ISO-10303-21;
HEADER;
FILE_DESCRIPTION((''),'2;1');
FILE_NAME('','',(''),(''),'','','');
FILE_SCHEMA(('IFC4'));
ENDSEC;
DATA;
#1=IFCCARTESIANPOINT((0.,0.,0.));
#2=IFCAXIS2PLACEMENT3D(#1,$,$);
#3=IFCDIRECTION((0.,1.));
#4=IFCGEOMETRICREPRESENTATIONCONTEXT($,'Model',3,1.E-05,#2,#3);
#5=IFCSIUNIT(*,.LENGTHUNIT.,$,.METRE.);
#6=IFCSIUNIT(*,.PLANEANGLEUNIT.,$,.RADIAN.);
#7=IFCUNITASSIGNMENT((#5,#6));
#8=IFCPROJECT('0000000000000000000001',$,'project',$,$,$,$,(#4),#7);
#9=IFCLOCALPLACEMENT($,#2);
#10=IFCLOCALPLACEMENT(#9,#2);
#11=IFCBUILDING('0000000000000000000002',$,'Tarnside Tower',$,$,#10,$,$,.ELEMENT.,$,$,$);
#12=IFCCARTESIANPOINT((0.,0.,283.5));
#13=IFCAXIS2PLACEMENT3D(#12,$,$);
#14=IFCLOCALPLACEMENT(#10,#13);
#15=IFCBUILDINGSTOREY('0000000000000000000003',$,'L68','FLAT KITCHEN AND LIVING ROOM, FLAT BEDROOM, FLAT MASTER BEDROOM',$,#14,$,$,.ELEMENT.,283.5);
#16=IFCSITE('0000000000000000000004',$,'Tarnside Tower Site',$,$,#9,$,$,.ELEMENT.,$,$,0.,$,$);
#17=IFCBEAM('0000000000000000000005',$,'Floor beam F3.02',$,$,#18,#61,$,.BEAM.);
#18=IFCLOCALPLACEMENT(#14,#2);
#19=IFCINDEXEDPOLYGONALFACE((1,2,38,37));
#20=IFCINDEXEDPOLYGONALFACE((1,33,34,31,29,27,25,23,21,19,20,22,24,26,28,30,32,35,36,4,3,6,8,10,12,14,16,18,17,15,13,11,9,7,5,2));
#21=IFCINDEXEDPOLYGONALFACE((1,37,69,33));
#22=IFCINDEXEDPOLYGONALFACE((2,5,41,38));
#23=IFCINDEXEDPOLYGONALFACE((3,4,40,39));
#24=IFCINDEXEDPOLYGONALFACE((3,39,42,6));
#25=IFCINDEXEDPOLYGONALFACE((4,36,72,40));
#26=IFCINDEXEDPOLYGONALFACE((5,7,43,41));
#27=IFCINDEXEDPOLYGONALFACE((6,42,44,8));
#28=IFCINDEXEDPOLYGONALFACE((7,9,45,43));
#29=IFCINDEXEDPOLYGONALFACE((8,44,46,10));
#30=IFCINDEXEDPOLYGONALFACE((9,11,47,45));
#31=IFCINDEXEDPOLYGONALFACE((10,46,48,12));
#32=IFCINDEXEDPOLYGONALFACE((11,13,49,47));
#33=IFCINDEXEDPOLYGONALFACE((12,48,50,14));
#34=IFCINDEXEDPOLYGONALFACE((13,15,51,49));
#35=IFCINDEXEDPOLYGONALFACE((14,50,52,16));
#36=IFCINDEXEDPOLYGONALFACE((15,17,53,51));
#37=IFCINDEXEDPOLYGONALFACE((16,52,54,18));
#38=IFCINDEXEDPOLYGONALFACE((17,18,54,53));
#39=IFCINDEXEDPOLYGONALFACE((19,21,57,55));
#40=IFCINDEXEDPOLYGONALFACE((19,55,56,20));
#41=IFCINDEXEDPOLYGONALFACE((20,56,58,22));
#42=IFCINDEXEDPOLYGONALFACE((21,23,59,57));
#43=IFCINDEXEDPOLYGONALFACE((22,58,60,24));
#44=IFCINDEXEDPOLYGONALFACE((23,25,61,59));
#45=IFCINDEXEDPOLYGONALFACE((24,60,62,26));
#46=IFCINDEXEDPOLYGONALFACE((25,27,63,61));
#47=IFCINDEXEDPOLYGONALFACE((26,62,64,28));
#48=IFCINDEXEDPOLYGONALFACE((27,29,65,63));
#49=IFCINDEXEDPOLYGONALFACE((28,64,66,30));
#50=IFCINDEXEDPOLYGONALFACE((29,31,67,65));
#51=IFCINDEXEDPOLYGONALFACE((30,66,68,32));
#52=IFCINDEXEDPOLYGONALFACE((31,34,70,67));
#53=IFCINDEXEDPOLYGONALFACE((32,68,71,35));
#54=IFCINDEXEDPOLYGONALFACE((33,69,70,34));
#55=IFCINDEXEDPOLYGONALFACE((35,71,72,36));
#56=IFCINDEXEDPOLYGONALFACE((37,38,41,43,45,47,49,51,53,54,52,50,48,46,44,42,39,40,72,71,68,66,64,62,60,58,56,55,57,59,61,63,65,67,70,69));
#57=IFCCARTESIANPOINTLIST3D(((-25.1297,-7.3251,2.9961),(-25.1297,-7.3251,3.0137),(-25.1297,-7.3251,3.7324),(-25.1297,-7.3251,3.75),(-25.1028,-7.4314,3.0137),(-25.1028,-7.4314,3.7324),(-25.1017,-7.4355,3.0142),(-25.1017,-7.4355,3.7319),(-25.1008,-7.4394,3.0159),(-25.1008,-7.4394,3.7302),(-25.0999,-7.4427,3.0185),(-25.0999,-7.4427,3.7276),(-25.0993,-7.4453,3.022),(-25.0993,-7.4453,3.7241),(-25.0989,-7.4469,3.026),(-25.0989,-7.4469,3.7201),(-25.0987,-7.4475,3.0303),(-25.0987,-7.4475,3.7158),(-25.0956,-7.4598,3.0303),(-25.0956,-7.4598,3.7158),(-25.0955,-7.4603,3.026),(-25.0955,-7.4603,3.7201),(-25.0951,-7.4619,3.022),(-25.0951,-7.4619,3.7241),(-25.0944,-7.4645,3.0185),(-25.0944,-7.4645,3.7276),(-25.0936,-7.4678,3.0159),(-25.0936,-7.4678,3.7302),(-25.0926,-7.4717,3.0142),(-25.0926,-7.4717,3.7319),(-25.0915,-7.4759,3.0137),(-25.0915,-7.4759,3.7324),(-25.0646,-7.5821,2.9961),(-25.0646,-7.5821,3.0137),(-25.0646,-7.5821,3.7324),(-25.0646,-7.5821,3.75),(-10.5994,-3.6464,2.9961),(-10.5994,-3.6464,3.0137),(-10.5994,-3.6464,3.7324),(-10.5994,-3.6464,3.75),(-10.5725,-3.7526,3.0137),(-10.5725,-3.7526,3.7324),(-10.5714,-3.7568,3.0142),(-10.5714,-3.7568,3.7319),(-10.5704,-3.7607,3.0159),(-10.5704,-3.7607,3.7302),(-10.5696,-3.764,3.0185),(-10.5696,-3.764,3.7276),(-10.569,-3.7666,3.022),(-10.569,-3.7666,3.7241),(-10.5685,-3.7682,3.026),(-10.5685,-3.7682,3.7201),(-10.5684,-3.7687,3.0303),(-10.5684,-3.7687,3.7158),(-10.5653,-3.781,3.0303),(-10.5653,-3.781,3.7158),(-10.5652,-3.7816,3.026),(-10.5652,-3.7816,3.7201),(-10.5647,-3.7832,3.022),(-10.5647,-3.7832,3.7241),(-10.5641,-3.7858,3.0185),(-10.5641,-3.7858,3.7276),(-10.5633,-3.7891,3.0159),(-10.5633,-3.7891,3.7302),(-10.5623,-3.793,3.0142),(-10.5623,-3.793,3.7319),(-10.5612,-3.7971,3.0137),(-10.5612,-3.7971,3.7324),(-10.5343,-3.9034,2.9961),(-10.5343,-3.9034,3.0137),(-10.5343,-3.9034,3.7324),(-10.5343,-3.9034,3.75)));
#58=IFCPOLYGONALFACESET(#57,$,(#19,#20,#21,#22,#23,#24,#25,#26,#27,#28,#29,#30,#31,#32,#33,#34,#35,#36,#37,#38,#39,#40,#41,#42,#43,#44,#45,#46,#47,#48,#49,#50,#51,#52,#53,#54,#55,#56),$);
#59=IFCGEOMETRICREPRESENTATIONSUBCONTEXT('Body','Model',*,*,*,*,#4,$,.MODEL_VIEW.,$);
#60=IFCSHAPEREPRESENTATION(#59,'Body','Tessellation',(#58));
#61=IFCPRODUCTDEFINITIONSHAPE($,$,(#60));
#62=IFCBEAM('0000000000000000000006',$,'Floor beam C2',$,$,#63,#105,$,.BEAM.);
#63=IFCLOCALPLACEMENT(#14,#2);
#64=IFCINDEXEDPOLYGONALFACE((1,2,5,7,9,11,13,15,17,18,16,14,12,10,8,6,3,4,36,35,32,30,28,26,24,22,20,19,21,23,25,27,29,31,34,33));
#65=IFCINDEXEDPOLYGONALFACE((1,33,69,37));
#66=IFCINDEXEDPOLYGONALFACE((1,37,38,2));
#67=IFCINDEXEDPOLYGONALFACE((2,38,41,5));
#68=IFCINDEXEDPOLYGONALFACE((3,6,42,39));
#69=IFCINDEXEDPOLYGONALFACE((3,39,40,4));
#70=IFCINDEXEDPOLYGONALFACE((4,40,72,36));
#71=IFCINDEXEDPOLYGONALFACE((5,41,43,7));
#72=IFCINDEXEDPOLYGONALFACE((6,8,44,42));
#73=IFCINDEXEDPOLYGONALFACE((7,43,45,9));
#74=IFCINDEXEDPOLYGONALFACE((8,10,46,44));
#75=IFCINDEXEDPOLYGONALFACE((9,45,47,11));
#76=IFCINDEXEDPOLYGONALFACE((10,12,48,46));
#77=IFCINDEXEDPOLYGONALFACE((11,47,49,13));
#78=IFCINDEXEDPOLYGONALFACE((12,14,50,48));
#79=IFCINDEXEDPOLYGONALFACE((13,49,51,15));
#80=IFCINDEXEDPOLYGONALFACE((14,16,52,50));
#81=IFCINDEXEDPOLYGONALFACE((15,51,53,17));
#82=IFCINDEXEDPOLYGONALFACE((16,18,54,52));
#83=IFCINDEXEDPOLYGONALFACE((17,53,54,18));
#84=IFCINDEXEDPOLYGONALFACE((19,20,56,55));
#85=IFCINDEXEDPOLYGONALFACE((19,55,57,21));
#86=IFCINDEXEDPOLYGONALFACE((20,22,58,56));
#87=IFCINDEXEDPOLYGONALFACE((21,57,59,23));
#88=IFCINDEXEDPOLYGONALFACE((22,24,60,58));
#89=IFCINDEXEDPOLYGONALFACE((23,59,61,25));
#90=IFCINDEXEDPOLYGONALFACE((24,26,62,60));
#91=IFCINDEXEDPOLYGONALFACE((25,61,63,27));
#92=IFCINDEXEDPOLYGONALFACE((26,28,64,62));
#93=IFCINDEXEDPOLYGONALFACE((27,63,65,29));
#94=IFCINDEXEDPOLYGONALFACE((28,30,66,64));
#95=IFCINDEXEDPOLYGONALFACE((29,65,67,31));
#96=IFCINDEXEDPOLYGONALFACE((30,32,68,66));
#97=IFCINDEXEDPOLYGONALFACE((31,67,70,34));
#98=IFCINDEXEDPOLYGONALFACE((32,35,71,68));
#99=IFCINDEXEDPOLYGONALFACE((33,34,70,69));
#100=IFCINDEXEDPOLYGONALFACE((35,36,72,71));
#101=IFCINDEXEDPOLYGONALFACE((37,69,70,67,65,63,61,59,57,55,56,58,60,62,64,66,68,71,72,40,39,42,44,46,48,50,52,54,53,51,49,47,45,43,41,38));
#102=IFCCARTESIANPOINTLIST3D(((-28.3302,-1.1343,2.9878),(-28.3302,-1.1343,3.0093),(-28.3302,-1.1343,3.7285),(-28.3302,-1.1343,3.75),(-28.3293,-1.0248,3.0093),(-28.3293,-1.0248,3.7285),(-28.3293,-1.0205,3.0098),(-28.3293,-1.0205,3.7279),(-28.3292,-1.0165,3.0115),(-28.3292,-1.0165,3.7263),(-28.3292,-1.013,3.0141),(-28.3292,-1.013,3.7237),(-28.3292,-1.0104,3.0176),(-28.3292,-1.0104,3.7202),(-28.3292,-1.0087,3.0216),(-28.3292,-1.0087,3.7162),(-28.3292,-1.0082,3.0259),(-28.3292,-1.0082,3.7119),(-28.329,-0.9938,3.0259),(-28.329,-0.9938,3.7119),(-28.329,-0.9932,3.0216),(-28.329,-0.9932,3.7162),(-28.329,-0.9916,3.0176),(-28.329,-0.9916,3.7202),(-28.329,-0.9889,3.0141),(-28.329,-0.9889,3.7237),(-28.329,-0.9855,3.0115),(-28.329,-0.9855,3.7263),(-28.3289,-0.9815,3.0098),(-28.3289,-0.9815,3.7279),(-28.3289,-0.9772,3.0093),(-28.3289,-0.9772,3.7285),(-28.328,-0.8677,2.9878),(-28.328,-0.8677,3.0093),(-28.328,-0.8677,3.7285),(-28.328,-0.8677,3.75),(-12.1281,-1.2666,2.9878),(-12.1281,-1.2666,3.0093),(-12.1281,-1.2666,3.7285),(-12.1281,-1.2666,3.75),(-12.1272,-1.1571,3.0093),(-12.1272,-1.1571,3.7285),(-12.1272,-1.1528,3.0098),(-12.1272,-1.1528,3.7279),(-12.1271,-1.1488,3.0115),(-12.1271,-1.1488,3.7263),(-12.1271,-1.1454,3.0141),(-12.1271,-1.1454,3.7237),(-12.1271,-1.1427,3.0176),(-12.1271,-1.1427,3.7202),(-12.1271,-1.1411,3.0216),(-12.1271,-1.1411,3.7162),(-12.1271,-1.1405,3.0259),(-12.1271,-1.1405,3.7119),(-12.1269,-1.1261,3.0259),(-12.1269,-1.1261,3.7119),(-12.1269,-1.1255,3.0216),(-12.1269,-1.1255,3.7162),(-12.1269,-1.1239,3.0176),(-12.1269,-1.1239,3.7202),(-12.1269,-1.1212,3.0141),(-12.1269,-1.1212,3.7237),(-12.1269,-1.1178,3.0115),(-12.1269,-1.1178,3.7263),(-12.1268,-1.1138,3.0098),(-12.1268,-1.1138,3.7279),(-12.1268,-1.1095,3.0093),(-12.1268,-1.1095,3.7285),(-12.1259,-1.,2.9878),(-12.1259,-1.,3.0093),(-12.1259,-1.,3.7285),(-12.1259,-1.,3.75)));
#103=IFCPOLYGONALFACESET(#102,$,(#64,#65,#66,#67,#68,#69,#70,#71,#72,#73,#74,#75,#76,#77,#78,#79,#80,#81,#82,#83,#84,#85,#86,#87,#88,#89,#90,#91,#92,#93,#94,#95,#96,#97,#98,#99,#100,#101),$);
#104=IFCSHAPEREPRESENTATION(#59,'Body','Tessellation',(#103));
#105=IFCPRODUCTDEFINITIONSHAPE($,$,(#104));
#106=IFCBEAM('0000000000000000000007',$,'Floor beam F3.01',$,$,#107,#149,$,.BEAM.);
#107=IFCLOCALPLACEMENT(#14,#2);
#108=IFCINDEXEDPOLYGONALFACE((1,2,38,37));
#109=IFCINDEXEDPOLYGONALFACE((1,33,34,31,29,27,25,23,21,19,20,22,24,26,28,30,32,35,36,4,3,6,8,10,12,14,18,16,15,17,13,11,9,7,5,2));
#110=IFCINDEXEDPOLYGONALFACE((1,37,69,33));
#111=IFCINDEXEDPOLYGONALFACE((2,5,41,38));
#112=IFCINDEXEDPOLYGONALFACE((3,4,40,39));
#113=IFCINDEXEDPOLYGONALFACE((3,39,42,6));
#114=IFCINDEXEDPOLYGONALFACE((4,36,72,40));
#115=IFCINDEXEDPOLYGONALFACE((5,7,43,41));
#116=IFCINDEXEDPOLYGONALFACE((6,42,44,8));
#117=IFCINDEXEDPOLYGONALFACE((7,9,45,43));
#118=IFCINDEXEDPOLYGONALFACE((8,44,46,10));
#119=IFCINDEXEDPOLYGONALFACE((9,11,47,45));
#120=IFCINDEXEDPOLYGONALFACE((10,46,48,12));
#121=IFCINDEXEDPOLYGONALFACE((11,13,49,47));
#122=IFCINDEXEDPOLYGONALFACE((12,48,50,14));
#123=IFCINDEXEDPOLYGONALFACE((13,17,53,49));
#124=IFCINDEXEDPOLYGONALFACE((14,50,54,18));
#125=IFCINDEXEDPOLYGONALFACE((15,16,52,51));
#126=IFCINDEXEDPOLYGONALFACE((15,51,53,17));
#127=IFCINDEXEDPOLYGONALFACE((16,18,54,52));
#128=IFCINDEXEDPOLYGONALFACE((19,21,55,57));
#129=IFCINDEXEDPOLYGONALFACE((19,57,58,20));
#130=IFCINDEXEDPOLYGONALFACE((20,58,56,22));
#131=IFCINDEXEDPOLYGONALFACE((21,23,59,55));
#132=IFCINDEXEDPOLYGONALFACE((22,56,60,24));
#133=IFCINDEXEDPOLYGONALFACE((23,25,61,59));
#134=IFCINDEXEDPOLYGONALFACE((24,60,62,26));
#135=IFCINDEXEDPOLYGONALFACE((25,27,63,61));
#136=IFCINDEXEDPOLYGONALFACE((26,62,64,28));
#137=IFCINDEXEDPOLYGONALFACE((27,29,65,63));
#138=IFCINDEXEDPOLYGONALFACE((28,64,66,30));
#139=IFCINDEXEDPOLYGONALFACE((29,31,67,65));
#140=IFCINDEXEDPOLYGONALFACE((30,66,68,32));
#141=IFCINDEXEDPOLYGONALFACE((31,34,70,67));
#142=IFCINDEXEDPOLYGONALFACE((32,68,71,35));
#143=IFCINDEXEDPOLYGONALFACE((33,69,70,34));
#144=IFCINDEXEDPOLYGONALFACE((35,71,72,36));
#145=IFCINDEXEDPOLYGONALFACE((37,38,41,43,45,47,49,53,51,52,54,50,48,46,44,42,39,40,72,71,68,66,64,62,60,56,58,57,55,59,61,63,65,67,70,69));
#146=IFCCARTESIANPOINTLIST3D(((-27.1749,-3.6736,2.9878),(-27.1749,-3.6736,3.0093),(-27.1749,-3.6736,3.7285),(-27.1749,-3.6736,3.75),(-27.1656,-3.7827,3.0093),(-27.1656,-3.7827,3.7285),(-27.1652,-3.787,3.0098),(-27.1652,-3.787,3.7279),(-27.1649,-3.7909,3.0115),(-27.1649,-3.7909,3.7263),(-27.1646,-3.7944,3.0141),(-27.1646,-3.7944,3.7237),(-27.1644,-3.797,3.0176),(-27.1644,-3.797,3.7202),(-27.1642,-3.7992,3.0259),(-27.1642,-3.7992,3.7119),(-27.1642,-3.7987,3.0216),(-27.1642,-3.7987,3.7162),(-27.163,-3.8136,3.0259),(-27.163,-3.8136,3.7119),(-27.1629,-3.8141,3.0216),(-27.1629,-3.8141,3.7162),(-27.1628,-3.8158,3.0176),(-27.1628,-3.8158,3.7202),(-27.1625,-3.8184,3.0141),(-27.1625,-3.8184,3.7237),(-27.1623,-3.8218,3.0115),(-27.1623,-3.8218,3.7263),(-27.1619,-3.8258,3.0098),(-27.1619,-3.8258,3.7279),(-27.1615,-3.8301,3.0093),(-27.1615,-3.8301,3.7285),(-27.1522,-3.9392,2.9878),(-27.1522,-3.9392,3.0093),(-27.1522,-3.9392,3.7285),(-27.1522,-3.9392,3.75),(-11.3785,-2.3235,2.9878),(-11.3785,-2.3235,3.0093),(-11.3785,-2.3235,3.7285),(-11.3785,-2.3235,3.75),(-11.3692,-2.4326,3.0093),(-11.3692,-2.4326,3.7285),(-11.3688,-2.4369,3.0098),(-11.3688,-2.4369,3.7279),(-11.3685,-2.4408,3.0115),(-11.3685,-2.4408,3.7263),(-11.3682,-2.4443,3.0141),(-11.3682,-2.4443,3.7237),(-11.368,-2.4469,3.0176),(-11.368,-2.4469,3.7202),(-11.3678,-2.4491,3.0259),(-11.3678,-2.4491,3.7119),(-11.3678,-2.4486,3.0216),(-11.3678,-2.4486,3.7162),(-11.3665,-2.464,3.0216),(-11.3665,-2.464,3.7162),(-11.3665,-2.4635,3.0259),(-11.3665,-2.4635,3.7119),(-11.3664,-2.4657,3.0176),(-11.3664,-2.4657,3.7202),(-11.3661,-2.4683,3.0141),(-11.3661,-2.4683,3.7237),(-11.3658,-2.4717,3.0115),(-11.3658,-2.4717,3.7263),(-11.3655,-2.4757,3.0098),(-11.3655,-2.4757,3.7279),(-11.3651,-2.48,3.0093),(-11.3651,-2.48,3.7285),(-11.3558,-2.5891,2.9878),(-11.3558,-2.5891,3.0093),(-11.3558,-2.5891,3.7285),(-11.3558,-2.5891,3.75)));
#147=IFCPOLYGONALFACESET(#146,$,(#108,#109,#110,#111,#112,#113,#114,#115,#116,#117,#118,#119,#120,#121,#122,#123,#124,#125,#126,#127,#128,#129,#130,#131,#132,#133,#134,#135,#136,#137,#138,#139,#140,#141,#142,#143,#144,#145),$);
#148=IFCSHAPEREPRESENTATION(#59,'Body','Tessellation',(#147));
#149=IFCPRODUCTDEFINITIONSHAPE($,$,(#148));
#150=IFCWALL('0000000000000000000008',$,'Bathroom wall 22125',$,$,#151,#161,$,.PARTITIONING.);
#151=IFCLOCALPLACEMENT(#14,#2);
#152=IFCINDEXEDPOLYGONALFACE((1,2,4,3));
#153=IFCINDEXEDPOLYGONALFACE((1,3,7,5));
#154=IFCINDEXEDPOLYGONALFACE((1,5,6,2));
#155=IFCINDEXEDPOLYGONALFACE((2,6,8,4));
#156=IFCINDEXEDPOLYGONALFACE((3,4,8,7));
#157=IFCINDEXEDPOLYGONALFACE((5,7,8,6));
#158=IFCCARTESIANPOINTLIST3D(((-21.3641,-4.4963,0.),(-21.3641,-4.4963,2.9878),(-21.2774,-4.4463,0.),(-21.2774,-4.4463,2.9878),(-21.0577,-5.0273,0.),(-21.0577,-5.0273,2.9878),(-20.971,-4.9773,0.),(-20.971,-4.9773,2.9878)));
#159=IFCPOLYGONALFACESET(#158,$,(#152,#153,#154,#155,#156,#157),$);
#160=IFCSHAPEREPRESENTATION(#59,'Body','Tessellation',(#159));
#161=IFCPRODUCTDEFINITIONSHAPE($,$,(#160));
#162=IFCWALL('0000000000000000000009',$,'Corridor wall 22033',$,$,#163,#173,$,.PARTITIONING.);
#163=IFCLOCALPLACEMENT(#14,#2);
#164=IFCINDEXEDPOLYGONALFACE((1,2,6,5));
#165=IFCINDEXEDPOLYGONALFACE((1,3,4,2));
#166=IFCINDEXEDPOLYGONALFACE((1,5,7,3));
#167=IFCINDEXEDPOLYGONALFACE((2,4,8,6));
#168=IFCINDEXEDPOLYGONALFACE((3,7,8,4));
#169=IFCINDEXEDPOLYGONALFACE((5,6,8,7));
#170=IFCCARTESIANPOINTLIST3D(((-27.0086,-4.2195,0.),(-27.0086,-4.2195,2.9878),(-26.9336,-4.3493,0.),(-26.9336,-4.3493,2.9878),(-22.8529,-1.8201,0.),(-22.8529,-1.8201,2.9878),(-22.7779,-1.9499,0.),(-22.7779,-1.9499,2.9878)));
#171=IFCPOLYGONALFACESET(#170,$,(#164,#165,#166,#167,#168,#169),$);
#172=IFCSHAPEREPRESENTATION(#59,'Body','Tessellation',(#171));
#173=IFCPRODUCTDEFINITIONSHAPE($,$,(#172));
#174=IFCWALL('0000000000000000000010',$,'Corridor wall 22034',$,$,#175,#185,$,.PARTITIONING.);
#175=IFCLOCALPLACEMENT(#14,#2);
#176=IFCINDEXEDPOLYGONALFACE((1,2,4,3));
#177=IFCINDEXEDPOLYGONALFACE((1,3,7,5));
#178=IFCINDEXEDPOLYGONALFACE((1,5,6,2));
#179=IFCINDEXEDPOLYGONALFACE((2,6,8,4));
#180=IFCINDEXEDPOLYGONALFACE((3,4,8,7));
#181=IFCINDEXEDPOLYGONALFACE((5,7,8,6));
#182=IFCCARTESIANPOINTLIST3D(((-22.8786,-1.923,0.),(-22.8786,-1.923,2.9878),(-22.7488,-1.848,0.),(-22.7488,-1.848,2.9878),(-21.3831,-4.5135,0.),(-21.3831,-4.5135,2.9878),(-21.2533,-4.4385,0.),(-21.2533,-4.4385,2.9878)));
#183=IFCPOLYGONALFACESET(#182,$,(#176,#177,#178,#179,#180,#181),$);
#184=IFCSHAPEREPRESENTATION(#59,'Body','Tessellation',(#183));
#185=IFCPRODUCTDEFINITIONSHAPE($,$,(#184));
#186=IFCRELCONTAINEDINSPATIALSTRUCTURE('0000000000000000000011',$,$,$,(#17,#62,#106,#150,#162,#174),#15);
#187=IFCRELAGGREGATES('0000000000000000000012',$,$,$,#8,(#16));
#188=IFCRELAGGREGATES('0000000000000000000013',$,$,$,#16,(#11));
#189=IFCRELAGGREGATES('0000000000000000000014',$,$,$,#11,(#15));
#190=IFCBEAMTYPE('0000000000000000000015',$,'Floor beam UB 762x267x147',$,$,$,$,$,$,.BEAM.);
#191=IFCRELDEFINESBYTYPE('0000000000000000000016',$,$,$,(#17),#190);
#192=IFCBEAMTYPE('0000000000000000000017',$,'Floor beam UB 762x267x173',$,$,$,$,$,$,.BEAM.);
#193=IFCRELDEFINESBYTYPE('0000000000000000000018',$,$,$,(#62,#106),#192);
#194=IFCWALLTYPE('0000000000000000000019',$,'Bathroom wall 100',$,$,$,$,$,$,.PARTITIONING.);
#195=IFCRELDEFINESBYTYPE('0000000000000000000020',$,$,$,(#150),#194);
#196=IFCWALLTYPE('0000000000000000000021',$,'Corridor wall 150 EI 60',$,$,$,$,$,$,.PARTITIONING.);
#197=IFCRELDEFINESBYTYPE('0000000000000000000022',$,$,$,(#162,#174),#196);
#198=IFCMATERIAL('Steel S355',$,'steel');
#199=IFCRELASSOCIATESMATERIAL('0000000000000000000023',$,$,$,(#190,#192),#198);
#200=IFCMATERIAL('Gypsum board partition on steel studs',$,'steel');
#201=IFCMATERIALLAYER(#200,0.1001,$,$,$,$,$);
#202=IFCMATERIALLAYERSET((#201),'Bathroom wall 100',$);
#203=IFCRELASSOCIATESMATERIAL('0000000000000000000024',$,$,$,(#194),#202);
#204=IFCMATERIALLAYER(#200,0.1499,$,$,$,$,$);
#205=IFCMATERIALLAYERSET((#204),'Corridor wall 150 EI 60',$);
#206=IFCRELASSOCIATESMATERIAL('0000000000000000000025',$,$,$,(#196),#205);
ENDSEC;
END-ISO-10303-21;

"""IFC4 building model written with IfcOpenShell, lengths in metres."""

from ifc_helpers import new_model, si_unit, direction, frame, frame_2d, origin, origin_2d, place, context, subcontext, project, spatial, rectangle, i_section, extrude, material, layer, layer_set, material_profile, profile_set, type_object, element, save


model = new_model("IFC4")

# Units and contexts
model_context = context("Model", 3, precision=1e-05, world=origin(), true_north=direction((0.0, 1.0)))
body_context = subcontext(model_context, "Body", "Model", "MODEL_VIEW")
ifc_project = project(units=[si_unit("LENGTHUNIT", "METRE"), si_unit("PLANEANGLEUNIT", "RADIAN")], contexts=[model_context])

# Site, building, storey
site_placement = place(None, origin())
site = spatial("IfcSite", under=ifc_project, at=site_placement, Name="Tarnside Tower Site", CompositionType="ELEMENT", RefElevation=0.0)
building_placement = place(site_placement, origin())
building = spatial("IfcBuilding", under=site, at=building_placement, Name="Tarnside Tower", CompositionType="ELEMENT")
storey_placement = place(building_placement, frame((0.0, 0.0, 283.5)))
storey = spatial("IfcBuildingStorey", under=building, at=storey_placement, Name="L68", Description="FLAT KITCHEN AND LIVING ROOM, FLAT BEDROOM, FLAT MASTER BEDROOM", CompositionType="ELEMENT", Elevation=283.5)

# Beams
ifc_material_1 = material(Name="Steel S355", Category="steel")
ifc_material_profile_1 = material_profile(ifc_material_1, i_section(OverallWidth=0.2651, OverallDepth=0.7539, WebThickness=0.0127, FlangeThickness=0.0176, FilletRadius=0.0166, at=origin_2d()), Name="UB 762x267x147")
ifc_profile_set_1 = profile_set([ifc_material_profile_1], Name="Steel S355")
beam_type_1 = type_object("IfcBeamType", Name="Floor beam UB 762x267x147", PredefinedType="BEAM", material=ifc_profile_set_1)
beam_1_placement = place(storey_placement, frame((-25.0972, -7.4536, 3.373), z_axis=(0.969414, 0.245432, 0.0), x_axis=(-0.245432, 0.969414, 0.0)))
element("IfcBeam", 1, at=beam_1_placement, inside=storey, type_object=beam_type_1, Name="Floor beam F3.02", PredefinedType="BEAM", context=body_context, shape_type="SweptSolid", body=[
    extrude(i_section(OverallWidth=0.2651, OverallDepth=0.7539, WebThickness=0.0127, FlangeThickness=0.0176, FilletRadius=0.0166, at=origin_2d()), origin(), (0.0, 0.0, 1.0), 14.9888),
])
ifc_material_profile_2 = material_profile(ifc_material_1, i_section(OverallWidth=0.2666, OverallDepth=0.7622, WebThickness=0.0144, FlangeThickness=0.0215, FilletRadius=0.0166, at=origin_2d()), Name="UB 762x267x173")
ifc_profile_set_2 = profile_set([ifc_material_profile_2], Name="Steel S355")
beam_type_2 = type_object("IfcBeamType", Name="Floor beam UB 762x267x173", PredefinedType="BEAM", material=ifc_profile_set_2)
beam_2_placement = place(storey_placement, frame((-28.3291, -1.001, 3.3689), z_axis=(0.999967, -0.008167, 0.0), x_axis=(0.008167, 0.999967, 0.0)))
element("IfcBeam", 2, at=beam_2_placement, inside=storey, type_object=beam_type_2, Name="Floor beam C2", PredefinedType="BEAM", context=body_context, shape_type="SweptSolid", body=[
    extrude(i_section(OverallWidth=0.2666, OverallDepth=0.7622, WebThickness=0.0144, FlangeThickness=0.0215, FilletRadius=0.0166, at=origin_2d()), origin(), (0.0, 0.0, 1.0), 16.2026),
])
beam_3_placement = place(storey_placement, frame((-27.1636, -3.8064, 3.3689), z_axis=(0.996367, 0.085158, 0.0), x_axis=(-0.085158, 0.996367, 0.0)))
element("IfcBeam", 3, at=beam_3_placement, inside=storey, type_object=beam_type_2, Name="Floor beam F3.01", PredefinedType="BEAM", context=body_context, shape_type="SweptSolid", body=[
    extrude(i_section(OverallWidth=0.2666, OverallDepth=0.7622, WebThickness=0.0144, FlangeThickness=0.0215, FilletRadius=0.0166, at=origin_2d()), origin(), (0.0, 0.0, 1.0), 15.854),
])

# Walls
ifc_material_2 = material(Name="Gypsum board partition on steel studs", Category="steel")
ifc_layer_1 = layer(ifc_material_2, 0.1001)
ifc_layer_set_1 = layer_set([ifc_layer_1], Name="Bathroom wall 100")
wall_type_1 = type_object("IfcWallType", Name="Bathroom wall 100", PredefinedType="PARTITIONING", material=ifc_layer_set_1)
wall_1_placement = place(storey_placement, frame((-21.3208, -4.4712, 0.0), z_axis=(0.0, 0.0, 1.0), x_axis=(0.49978, -0.866152, 0.0)))
element("IfcWall", 4, at=wall_1_placement, inside=storey, type_object=wall_type_1, Name="Bathroom wall 22125", PredefinedType="PARTITIONING", context=body_context, shape_type="SweptSolid", body=[
    extrude(rectangle(XDim=0.613, YDim=0.1001, at=frame_2d((0.3066, 0.0))), origin(), (0.0, 0.0, 1.0), 2.9878),
])
ifc_layer_2 = layer(ifc_material_2, 0.1499)
ifc_layer_set_2 = layer_set([ifc_layer_2], Name="Corridor wall 150 EI 60")
wall_type_2 = type_object("IfcWallType", Name="Corridor wall 150 EI 60", PredefinedType="PARTITIONING", material=ifc_layer_set_2)
wall_2_placement = place(storey_placement, frame((-26.9712, -4.2844, 0.0), z_axis=(0.0, 0.0, 1.0), x_axis=(0.866018, 0.500013, 0.0)))
element("IfcWall", 5, at=wall_2_placement, inside=storey, type_object=wall_type_2, Name="Corridor wall 22033", PredefinedType="PARTITIONING", context=body_context, shape_type="SweptSolid", body=[
    extrude(rectangle(XDim=4.7986, YDim=0.1499, at=frame_2d((2.3994, 0.0))), origin(), (0.0, 0.0, 1.0), 2.9878),
])
wall_3_placement = place(storey_placement, frame((-22.8137, -1.8855, 0.0), z_axis=(0.0, 0.0, 1.0), x_axis=(0.499984, -0.866035, 0.0)))
element("IfcWall", 6, at=wall_3_placement, inside=storey, type_object=wall_type_2, Name="Corridor wall 22034", PredefinedType="PARTITIONING", context=body_context, shape_type="SweptSolid", body=[
    extrude(rectangle(XDim=2.9912, YDim=0.1499, at=frame_2d((1.4956, 0.0))), origin(), (0.0, 0.0, 1.0), 2.9878),
])

save(model, "model.ifc")
